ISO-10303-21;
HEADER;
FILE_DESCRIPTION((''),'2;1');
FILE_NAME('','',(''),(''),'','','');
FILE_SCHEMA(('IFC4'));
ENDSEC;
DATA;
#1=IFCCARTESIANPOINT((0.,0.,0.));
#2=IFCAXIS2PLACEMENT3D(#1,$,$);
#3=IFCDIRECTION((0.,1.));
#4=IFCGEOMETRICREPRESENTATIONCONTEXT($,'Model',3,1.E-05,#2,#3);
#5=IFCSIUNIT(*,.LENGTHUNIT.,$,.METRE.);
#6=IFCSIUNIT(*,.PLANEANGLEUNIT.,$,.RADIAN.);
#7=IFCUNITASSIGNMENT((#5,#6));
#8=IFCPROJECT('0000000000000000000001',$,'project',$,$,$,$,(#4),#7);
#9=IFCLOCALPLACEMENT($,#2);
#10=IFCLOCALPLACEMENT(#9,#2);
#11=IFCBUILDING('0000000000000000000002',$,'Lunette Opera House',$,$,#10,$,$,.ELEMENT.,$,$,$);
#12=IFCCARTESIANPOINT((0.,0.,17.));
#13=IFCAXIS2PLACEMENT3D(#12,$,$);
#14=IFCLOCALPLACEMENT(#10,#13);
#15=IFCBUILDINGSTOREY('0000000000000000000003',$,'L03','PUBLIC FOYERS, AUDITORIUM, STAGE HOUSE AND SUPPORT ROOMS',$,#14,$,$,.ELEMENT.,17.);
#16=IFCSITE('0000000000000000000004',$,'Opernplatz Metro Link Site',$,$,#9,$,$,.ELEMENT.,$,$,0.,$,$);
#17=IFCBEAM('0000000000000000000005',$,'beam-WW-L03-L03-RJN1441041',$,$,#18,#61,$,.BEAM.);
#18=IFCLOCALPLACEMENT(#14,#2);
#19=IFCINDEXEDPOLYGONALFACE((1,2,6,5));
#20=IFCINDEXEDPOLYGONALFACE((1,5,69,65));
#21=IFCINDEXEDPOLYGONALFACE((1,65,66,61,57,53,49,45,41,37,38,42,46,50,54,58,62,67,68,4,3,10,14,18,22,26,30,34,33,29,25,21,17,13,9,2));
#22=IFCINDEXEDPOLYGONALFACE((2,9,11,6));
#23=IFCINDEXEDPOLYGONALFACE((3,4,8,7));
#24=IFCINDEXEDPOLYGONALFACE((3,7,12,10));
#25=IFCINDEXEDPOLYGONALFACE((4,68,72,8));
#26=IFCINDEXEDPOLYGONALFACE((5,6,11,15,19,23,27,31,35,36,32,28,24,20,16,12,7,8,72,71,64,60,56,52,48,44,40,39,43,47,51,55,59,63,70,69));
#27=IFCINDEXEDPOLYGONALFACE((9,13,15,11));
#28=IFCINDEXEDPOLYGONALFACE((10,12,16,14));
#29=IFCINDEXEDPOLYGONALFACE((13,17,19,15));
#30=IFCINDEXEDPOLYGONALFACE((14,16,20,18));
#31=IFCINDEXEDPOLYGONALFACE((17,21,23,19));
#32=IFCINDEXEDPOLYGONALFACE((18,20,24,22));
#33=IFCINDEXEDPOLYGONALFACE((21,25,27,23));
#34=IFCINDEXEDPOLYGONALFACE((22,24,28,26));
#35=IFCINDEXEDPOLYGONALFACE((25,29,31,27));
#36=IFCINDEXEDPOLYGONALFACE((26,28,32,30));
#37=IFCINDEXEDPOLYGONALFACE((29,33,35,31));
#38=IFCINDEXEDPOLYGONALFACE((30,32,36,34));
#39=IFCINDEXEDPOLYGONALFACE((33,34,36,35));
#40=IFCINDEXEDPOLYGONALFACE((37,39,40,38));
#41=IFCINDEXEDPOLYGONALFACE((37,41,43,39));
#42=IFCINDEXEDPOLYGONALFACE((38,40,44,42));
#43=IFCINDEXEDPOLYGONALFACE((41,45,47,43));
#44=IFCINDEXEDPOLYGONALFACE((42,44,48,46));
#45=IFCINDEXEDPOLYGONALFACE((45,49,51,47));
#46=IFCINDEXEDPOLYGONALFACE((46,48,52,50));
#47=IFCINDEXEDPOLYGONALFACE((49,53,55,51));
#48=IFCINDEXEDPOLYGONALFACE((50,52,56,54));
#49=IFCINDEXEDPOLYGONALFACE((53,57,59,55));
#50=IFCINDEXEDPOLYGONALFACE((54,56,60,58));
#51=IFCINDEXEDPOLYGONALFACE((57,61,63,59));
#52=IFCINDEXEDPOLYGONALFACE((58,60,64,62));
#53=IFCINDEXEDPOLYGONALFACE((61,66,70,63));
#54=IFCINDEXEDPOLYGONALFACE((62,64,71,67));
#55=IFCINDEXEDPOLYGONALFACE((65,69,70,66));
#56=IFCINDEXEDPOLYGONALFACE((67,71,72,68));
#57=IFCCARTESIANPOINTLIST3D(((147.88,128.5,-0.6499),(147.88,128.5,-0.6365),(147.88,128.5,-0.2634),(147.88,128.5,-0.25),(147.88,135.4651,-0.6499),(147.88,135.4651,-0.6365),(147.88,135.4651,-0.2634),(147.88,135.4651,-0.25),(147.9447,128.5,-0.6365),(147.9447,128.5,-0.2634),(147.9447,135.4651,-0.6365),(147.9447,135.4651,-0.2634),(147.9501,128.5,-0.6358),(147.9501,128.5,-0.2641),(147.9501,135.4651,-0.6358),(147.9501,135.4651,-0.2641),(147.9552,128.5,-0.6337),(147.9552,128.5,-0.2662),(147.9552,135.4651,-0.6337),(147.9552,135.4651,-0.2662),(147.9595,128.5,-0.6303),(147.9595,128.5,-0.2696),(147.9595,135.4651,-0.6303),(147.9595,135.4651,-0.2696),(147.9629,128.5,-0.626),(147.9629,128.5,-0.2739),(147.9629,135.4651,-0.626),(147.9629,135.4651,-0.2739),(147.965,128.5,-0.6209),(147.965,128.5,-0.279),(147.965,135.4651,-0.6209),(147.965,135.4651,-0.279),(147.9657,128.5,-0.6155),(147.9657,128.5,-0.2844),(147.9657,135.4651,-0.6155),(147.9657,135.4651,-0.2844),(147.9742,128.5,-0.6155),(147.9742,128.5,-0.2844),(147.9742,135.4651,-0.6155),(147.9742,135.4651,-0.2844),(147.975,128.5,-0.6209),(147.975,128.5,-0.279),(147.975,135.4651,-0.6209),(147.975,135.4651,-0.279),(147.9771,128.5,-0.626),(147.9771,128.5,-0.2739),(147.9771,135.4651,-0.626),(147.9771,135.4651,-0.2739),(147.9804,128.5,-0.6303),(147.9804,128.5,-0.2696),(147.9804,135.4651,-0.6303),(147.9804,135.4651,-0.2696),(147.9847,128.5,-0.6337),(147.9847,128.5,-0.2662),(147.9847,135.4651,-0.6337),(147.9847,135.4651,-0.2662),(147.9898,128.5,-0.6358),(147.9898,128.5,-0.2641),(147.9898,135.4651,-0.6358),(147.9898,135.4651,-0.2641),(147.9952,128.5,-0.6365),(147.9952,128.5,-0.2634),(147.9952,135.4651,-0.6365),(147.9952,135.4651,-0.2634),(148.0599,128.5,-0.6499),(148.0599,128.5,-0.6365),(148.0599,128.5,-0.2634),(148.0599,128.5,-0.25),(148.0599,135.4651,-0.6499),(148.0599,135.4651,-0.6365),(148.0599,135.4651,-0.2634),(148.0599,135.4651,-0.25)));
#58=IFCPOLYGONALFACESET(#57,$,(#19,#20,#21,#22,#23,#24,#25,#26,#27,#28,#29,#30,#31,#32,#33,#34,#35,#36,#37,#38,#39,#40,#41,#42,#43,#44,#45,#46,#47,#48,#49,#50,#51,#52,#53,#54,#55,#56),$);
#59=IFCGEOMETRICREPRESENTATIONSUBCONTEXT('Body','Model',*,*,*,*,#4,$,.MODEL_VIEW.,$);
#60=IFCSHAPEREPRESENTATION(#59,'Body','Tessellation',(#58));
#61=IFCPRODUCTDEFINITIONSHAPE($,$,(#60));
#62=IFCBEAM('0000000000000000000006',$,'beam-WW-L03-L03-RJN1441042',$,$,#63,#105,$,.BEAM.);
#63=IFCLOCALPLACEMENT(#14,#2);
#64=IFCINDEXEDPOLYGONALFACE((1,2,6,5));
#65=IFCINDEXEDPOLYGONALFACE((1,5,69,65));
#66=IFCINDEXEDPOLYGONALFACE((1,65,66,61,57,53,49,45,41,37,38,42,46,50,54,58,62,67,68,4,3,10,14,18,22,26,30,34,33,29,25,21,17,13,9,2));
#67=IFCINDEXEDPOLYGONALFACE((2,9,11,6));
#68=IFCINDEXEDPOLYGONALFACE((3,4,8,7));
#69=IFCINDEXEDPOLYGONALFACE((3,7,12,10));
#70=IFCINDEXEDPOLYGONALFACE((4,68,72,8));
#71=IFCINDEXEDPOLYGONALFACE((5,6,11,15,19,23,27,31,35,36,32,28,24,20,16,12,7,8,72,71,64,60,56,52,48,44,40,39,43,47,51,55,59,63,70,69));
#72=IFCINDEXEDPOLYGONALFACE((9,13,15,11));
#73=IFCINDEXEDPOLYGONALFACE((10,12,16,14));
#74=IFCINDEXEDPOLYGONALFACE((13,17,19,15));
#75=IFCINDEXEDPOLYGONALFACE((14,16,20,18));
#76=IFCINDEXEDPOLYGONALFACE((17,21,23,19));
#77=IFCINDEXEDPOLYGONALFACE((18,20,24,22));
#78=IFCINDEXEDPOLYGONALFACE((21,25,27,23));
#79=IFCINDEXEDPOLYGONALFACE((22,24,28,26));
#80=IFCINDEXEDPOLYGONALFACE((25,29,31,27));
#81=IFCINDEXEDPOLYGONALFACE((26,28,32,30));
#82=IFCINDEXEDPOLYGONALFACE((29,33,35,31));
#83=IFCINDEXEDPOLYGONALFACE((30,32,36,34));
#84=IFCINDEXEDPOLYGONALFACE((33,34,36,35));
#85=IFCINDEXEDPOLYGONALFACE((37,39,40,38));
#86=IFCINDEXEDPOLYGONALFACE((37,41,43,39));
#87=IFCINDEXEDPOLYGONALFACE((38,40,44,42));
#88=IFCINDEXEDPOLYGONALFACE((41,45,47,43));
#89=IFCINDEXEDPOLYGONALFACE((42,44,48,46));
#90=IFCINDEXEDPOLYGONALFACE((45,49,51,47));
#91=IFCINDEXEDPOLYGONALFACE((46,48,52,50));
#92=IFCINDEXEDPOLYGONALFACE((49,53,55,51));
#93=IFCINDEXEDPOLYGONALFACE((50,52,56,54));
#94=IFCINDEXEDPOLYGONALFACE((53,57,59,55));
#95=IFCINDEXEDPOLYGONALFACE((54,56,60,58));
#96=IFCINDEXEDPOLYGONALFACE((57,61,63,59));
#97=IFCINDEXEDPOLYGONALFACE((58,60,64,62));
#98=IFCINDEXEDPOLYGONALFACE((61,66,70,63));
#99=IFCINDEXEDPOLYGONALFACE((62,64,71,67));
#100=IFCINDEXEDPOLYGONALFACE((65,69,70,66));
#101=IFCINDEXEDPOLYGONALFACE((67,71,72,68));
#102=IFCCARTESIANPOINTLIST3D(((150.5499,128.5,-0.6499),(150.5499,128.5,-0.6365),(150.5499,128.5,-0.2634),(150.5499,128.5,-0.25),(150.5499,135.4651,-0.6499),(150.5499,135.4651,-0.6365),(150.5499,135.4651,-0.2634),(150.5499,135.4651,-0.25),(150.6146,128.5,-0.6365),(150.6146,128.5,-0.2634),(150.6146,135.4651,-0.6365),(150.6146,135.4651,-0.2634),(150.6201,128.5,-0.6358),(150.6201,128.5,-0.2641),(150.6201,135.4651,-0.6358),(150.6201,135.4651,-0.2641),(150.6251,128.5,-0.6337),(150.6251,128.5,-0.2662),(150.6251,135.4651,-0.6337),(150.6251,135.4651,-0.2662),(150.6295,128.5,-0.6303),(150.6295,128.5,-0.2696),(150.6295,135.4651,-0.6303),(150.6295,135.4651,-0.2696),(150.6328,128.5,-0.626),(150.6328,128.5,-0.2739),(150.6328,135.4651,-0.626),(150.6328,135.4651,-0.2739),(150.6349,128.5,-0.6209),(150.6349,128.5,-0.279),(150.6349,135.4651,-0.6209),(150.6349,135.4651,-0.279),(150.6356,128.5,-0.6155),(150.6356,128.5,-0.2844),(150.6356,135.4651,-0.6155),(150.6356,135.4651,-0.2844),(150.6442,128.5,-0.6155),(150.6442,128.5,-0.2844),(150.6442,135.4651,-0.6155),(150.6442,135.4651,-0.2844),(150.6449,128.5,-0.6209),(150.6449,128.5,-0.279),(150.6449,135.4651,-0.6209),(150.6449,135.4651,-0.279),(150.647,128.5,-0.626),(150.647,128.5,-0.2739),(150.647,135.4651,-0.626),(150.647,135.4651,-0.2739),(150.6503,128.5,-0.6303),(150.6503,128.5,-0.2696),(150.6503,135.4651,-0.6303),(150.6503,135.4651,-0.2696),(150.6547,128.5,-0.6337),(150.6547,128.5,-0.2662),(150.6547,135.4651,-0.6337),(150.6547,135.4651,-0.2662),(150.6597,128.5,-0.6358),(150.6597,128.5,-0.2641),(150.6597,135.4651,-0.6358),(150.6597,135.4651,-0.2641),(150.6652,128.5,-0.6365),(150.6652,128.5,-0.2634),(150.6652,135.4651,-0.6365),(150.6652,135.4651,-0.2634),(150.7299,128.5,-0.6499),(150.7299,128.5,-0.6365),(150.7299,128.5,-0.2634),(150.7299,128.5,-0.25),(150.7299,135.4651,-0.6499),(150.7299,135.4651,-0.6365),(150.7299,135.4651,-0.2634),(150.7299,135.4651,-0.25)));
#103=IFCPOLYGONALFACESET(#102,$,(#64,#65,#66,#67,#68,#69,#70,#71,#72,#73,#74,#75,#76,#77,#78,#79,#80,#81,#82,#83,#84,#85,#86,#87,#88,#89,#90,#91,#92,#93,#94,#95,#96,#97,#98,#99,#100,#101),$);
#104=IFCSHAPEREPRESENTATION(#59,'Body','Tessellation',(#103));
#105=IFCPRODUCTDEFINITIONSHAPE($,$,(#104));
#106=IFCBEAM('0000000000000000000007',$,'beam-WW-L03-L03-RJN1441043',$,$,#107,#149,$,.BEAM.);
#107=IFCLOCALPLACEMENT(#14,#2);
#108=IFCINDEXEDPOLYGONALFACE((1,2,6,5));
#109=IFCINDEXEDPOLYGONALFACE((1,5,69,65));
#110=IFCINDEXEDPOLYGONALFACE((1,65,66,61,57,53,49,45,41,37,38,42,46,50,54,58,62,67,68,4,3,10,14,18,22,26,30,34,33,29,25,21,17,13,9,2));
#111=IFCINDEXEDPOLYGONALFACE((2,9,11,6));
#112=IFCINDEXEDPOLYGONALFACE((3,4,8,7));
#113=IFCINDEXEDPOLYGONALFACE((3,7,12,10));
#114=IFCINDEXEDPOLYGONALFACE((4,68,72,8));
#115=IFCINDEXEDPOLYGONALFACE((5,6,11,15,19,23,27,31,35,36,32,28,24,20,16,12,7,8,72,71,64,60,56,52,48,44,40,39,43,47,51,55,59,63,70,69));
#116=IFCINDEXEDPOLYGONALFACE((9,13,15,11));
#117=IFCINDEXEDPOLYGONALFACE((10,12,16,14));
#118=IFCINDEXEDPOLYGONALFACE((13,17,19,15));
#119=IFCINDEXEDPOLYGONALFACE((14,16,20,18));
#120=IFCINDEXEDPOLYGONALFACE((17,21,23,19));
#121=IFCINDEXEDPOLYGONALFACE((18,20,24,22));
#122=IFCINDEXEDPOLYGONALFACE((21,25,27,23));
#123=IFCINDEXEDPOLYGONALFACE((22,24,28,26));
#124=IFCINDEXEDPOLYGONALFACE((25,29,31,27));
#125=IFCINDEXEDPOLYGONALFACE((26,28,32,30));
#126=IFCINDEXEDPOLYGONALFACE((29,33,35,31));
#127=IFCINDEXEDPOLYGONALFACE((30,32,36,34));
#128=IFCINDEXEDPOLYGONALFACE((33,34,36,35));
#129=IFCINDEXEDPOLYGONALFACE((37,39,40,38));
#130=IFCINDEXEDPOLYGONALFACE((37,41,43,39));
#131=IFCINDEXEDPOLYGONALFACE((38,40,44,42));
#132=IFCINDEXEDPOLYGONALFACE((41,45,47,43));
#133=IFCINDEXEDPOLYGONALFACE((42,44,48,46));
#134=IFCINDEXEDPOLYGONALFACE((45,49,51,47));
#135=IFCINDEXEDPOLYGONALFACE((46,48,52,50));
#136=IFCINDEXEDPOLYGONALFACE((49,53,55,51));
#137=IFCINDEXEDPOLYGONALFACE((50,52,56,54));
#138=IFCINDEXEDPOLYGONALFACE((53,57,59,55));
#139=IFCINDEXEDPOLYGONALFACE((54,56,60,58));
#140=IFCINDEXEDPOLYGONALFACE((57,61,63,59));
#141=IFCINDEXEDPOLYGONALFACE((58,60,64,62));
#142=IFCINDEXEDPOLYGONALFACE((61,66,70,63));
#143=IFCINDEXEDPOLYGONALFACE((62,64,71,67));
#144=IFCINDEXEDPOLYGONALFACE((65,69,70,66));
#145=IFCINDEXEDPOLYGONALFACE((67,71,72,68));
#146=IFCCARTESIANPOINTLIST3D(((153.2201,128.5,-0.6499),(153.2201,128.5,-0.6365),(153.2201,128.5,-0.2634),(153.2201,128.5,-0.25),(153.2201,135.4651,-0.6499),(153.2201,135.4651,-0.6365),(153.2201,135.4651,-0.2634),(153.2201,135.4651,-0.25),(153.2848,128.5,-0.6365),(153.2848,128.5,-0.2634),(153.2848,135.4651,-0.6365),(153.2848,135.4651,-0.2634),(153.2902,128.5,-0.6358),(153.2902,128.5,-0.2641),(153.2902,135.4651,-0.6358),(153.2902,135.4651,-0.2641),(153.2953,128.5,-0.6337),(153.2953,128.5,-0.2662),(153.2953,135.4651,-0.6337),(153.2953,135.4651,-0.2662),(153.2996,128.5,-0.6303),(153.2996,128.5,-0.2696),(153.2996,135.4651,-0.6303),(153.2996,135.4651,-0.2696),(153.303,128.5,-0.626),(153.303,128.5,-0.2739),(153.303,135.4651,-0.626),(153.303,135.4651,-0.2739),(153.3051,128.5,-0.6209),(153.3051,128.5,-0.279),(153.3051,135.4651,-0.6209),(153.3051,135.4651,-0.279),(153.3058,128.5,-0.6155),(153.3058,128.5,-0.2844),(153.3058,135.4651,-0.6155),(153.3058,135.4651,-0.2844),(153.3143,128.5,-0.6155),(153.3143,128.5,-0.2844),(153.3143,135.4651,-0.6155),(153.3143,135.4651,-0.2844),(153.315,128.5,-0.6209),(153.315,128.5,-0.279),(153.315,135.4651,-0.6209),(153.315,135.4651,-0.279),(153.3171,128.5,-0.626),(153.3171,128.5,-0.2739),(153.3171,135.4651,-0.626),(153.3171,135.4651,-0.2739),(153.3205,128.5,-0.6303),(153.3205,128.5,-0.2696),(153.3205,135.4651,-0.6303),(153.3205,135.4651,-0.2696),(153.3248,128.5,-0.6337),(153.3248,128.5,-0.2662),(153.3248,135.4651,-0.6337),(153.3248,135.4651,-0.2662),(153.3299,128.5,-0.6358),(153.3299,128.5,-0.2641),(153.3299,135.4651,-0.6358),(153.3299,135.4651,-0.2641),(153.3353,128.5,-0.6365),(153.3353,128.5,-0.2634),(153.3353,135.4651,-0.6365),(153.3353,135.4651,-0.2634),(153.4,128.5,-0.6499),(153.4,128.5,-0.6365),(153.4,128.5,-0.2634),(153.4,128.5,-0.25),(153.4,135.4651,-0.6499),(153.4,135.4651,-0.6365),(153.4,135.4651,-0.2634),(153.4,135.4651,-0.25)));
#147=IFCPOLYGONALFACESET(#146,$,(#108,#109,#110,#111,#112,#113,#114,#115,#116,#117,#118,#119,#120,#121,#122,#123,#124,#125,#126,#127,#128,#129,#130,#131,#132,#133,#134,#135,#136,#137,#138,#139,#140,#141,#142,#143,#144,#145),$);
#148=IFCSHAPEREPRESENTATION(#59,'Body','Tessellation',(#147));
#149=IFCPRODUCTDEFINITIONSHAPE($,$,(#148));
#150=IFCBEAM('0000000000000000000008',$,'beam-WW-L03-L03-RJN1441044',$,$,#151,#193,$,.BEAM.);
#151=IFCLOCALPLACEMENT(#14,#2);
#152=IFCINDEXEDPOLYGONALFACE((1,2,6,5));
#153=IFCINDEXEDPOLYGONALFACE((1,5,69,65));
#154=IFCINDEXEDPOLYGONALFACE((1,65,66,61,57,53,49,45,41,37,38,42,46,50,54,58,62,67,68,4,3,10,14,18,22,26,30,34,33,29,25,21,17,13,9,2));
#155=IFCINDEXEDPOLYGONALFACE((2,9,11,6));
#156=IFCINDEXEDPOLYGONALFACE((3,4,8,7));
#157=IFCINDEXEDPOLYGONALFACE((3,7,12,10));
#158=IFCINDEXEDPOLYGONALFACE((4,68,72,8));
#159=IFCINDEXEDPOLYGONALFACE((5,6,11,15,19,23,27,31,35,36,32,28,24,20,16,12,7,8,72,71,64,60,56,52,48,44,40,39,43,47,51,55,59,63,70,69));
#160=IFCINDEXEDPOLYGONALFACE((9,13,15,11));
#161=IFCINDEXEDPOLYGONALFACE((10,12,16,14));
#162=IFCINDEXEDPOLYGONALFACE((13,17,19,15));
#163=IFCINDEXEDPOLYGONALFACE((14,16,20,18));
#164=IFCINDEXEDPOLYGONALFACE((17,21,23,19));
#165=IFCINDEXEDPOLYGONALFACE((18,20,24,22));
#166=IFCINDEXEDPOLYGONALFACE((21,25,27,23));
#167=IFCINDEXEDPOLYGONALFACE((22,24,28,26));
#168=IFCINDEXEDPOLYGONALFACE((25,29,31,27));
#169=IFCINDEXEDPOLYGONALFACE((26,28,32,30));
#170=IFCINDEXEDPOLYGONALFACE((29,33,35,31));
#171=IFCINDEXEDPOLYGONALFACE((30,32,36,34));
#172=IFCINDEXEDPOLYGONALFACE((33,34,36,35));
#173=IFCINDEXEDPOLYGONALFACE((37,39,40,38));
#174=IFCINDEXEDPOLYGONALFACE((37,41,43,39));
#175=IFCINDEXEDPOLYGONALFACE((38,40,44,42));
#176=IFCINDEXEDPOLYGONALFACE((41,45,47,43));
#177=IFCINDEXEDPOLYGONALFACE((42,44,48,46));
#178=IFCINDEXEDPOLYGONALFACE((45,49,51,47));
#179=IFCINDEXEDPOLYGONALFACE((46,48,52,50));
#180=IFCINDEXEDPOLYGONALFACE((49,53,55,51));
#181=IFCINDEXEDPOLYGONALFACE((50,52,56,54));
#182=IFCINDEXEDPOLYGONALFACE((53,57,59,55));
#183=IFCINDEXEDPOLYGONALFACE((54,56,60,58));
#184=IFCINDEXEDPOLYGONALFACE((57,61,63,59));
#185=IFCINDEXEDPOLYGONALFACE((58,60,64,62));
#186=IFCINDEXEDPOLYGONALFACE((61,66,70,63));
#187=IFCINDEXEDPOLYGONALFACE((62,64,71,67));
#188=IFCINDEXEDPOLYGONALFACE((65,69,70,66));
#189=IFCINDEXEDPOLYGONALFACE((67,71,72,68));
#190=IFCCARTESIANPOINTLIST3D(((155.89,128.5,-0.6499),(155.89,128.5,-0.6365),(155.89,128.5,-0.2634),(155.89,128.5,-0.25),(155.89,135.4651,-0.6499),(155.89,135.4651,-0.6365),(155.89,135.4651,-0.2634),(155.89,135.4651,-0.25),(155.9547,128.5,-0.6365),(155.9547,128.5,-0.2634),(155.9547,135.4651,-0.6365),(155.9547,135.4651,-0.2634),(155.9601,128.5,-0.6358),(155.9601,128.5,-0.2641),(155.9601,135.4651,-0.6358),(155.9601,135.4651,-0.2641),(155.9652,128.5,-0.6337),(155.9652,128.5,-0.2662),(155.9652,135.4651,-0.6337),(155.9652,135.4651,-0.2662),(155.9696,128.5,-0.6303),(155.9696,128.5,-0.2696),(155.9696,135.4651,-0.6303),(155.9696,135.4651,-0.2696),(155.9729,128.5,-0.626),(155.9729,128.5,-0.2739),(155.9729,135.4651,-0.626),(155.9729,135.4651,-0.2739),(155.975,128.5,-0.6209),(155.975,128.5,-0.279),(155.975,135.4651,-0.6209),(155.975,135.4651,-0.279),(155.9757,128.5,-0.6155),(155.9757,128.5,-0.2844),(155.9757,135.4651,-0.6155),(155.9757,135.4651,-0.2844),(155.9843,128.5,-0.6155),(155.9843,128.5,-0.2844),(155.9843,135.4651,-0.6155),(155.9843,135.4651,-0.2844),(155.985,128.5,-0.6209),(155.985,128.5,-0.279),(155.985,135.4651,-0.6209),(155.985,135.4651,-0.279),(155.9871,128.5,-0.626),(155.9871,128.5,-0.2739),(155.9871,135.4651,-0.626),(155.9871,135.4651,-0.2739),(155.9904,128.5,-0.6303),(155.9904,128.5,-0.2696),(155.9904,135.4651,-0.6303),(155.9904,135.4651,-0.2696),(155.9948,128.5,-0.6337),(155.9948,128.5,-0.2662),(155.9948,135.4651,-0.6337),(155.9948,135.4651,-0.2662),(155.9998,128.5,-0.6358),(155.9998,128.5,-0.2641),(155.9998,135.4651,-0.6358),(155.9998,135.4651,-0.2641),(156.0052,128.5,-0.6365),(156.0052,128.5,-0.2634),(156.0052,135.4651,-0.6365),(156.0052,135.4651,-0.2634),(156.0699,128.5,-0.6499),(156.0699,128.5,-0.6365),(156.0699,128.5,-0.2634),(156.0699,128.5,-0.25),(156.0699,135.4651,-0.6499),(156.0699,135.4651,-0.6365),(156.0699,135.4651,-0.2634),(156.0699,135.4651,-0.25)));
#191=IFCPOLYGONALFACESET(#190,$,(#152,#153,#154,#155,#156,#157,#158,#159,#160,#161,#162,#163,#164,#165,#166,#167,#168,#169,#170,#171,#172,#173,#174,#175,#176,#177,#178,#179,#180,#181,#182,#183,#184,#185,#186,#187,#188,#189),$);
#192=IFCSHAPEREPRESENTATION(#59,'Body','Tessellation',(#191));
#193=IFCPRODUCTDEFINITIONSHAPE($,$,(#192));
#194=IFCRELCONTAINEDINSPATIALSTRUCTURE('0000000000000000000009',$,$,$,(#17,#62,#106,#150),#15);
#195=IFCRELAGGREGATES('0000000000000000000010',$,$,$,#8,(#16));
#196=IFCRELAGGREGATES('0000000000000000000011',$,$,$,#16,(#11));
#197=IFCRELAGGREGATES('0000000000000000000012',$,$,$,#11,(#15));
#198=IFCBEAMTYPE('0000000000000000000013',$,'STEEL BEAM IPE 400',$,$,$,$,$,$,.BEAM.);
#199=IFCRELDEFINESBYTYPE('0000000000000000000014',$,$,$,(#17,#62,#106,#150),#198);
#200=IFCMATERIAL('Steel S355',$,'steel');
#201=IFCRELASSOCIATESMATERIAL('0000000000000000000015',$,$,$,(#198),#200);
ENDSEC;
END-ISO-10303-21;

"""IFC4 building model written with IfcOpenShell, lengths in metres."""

from ifc_helpers import new_model, si_unit, direction, frame, origin, origin_2d, place, context, subcontext, project, spatial, i_section, extrude, material, material_profile, profile_set, type_object, element, save


model = new_model("IFC4")

# Units and contexts
model_context = context("Model", 3, precision=1e-05, world=origin(), true_north=direction((0.0, 1.0)))
body_context = subcontext(model_context, "Body", "Model", "MODEL_VIEW")
ifc_project = project(units=[si_unit("LENGTHUNIT", "METRE"), si_unit("PLANEANGLEUNIT", "RADIAN")], contexts=[model_context])

# Site, building, storey
site_placement = place(None, origin())
site = spatial("IfcSite", under=ifc_project, at=site_placement, Name="Opernplatz Metro Link Site", CompositionType="ELEMENT", RefElevation=0.0)
building_placement = place(site_placement, origin())
building = spatial("IfcBuilding", under=site, at=building_placement, Name="Lunette Opera House", CompositionType="ELEMENT")
storey_placement = place(building_placement, frame((0.0, 0.0, 17.0)))
storey = spatial("IfcBuildingStorey", under=building, at=storey_placement, Name="L03", Description="PUBLIC FOYERS, AUDITORIUM, STAGE HOUSE AND SUPPORT ROOMS", CompositionType="ELEMENT", Elevation=17.0)

# Beams
ifc_material_1 = material(Name="Steel S355", Category="steel")
ifc_material_profile_1 = material_profile(ifc_material_1, i_section(OverallWidth=0.1799, OverallDepth=0.3999, WebThickness=0.0085, FlangeThickness=0.0134, FilletRadius=0.021, at=origin_2d()), Name="IPE 400")
ifc_profile_set_1 = profile_set([ifc_material_profile_1], Name="Steel S355")
beam_type_1 = type_object("IfcBeamType", Name="STEEL BEAM IPE 400", PredefinedType="BEAM", material=ifc_profile_set_1)
for number, where, z_axis, x_axis, name in (
    (1, (147.97, 128.5, -0.45), (0.0, 1.0, 0.0), (-1.0, 0.0, 0.0), "beam-WW-L03-L03-RJN1441041"),
    (2, (150.6399, 128.5, -0.45), (0.0, 1.0, 0.0), (-1.0, 0.0, 0.0), "beam-WW-L03-L03-RJN1441042"),
    (3, (153.3101, 128.5, -0.45), (0.0, 1.0, 0.0), (-1.0, 0.0, 0.0), "beam-WW-L03-L03-RJN1441043"),
    (4, (155.98, 128.5, -0.45), (0.0, 1.0, 0.0), (-1.0, 0.0, 0.0), "beam-WW-L03-L03-RJN1441044"),
):
    element("IfcBeam", number, at=place(storey_placement, frame(where, z_axis=z_axis, x_axis=x_axis)), inside=storey, type_object=beam_type_1, Name=name, PredefinedType="BEAM", context=body_context, shape_type="SweptSolid", body=[
        extrude(i_section(OverallWidth=0.1799, OverallDepth=0.3999, WebThickness=0.0085, FlangeThickness=0.0134, FilletRadius=0.021, at=origin_2d()), origin(), (0.0, 0.0, 1.0), 6.9651),
    ])

save(model, "model.ifc")
